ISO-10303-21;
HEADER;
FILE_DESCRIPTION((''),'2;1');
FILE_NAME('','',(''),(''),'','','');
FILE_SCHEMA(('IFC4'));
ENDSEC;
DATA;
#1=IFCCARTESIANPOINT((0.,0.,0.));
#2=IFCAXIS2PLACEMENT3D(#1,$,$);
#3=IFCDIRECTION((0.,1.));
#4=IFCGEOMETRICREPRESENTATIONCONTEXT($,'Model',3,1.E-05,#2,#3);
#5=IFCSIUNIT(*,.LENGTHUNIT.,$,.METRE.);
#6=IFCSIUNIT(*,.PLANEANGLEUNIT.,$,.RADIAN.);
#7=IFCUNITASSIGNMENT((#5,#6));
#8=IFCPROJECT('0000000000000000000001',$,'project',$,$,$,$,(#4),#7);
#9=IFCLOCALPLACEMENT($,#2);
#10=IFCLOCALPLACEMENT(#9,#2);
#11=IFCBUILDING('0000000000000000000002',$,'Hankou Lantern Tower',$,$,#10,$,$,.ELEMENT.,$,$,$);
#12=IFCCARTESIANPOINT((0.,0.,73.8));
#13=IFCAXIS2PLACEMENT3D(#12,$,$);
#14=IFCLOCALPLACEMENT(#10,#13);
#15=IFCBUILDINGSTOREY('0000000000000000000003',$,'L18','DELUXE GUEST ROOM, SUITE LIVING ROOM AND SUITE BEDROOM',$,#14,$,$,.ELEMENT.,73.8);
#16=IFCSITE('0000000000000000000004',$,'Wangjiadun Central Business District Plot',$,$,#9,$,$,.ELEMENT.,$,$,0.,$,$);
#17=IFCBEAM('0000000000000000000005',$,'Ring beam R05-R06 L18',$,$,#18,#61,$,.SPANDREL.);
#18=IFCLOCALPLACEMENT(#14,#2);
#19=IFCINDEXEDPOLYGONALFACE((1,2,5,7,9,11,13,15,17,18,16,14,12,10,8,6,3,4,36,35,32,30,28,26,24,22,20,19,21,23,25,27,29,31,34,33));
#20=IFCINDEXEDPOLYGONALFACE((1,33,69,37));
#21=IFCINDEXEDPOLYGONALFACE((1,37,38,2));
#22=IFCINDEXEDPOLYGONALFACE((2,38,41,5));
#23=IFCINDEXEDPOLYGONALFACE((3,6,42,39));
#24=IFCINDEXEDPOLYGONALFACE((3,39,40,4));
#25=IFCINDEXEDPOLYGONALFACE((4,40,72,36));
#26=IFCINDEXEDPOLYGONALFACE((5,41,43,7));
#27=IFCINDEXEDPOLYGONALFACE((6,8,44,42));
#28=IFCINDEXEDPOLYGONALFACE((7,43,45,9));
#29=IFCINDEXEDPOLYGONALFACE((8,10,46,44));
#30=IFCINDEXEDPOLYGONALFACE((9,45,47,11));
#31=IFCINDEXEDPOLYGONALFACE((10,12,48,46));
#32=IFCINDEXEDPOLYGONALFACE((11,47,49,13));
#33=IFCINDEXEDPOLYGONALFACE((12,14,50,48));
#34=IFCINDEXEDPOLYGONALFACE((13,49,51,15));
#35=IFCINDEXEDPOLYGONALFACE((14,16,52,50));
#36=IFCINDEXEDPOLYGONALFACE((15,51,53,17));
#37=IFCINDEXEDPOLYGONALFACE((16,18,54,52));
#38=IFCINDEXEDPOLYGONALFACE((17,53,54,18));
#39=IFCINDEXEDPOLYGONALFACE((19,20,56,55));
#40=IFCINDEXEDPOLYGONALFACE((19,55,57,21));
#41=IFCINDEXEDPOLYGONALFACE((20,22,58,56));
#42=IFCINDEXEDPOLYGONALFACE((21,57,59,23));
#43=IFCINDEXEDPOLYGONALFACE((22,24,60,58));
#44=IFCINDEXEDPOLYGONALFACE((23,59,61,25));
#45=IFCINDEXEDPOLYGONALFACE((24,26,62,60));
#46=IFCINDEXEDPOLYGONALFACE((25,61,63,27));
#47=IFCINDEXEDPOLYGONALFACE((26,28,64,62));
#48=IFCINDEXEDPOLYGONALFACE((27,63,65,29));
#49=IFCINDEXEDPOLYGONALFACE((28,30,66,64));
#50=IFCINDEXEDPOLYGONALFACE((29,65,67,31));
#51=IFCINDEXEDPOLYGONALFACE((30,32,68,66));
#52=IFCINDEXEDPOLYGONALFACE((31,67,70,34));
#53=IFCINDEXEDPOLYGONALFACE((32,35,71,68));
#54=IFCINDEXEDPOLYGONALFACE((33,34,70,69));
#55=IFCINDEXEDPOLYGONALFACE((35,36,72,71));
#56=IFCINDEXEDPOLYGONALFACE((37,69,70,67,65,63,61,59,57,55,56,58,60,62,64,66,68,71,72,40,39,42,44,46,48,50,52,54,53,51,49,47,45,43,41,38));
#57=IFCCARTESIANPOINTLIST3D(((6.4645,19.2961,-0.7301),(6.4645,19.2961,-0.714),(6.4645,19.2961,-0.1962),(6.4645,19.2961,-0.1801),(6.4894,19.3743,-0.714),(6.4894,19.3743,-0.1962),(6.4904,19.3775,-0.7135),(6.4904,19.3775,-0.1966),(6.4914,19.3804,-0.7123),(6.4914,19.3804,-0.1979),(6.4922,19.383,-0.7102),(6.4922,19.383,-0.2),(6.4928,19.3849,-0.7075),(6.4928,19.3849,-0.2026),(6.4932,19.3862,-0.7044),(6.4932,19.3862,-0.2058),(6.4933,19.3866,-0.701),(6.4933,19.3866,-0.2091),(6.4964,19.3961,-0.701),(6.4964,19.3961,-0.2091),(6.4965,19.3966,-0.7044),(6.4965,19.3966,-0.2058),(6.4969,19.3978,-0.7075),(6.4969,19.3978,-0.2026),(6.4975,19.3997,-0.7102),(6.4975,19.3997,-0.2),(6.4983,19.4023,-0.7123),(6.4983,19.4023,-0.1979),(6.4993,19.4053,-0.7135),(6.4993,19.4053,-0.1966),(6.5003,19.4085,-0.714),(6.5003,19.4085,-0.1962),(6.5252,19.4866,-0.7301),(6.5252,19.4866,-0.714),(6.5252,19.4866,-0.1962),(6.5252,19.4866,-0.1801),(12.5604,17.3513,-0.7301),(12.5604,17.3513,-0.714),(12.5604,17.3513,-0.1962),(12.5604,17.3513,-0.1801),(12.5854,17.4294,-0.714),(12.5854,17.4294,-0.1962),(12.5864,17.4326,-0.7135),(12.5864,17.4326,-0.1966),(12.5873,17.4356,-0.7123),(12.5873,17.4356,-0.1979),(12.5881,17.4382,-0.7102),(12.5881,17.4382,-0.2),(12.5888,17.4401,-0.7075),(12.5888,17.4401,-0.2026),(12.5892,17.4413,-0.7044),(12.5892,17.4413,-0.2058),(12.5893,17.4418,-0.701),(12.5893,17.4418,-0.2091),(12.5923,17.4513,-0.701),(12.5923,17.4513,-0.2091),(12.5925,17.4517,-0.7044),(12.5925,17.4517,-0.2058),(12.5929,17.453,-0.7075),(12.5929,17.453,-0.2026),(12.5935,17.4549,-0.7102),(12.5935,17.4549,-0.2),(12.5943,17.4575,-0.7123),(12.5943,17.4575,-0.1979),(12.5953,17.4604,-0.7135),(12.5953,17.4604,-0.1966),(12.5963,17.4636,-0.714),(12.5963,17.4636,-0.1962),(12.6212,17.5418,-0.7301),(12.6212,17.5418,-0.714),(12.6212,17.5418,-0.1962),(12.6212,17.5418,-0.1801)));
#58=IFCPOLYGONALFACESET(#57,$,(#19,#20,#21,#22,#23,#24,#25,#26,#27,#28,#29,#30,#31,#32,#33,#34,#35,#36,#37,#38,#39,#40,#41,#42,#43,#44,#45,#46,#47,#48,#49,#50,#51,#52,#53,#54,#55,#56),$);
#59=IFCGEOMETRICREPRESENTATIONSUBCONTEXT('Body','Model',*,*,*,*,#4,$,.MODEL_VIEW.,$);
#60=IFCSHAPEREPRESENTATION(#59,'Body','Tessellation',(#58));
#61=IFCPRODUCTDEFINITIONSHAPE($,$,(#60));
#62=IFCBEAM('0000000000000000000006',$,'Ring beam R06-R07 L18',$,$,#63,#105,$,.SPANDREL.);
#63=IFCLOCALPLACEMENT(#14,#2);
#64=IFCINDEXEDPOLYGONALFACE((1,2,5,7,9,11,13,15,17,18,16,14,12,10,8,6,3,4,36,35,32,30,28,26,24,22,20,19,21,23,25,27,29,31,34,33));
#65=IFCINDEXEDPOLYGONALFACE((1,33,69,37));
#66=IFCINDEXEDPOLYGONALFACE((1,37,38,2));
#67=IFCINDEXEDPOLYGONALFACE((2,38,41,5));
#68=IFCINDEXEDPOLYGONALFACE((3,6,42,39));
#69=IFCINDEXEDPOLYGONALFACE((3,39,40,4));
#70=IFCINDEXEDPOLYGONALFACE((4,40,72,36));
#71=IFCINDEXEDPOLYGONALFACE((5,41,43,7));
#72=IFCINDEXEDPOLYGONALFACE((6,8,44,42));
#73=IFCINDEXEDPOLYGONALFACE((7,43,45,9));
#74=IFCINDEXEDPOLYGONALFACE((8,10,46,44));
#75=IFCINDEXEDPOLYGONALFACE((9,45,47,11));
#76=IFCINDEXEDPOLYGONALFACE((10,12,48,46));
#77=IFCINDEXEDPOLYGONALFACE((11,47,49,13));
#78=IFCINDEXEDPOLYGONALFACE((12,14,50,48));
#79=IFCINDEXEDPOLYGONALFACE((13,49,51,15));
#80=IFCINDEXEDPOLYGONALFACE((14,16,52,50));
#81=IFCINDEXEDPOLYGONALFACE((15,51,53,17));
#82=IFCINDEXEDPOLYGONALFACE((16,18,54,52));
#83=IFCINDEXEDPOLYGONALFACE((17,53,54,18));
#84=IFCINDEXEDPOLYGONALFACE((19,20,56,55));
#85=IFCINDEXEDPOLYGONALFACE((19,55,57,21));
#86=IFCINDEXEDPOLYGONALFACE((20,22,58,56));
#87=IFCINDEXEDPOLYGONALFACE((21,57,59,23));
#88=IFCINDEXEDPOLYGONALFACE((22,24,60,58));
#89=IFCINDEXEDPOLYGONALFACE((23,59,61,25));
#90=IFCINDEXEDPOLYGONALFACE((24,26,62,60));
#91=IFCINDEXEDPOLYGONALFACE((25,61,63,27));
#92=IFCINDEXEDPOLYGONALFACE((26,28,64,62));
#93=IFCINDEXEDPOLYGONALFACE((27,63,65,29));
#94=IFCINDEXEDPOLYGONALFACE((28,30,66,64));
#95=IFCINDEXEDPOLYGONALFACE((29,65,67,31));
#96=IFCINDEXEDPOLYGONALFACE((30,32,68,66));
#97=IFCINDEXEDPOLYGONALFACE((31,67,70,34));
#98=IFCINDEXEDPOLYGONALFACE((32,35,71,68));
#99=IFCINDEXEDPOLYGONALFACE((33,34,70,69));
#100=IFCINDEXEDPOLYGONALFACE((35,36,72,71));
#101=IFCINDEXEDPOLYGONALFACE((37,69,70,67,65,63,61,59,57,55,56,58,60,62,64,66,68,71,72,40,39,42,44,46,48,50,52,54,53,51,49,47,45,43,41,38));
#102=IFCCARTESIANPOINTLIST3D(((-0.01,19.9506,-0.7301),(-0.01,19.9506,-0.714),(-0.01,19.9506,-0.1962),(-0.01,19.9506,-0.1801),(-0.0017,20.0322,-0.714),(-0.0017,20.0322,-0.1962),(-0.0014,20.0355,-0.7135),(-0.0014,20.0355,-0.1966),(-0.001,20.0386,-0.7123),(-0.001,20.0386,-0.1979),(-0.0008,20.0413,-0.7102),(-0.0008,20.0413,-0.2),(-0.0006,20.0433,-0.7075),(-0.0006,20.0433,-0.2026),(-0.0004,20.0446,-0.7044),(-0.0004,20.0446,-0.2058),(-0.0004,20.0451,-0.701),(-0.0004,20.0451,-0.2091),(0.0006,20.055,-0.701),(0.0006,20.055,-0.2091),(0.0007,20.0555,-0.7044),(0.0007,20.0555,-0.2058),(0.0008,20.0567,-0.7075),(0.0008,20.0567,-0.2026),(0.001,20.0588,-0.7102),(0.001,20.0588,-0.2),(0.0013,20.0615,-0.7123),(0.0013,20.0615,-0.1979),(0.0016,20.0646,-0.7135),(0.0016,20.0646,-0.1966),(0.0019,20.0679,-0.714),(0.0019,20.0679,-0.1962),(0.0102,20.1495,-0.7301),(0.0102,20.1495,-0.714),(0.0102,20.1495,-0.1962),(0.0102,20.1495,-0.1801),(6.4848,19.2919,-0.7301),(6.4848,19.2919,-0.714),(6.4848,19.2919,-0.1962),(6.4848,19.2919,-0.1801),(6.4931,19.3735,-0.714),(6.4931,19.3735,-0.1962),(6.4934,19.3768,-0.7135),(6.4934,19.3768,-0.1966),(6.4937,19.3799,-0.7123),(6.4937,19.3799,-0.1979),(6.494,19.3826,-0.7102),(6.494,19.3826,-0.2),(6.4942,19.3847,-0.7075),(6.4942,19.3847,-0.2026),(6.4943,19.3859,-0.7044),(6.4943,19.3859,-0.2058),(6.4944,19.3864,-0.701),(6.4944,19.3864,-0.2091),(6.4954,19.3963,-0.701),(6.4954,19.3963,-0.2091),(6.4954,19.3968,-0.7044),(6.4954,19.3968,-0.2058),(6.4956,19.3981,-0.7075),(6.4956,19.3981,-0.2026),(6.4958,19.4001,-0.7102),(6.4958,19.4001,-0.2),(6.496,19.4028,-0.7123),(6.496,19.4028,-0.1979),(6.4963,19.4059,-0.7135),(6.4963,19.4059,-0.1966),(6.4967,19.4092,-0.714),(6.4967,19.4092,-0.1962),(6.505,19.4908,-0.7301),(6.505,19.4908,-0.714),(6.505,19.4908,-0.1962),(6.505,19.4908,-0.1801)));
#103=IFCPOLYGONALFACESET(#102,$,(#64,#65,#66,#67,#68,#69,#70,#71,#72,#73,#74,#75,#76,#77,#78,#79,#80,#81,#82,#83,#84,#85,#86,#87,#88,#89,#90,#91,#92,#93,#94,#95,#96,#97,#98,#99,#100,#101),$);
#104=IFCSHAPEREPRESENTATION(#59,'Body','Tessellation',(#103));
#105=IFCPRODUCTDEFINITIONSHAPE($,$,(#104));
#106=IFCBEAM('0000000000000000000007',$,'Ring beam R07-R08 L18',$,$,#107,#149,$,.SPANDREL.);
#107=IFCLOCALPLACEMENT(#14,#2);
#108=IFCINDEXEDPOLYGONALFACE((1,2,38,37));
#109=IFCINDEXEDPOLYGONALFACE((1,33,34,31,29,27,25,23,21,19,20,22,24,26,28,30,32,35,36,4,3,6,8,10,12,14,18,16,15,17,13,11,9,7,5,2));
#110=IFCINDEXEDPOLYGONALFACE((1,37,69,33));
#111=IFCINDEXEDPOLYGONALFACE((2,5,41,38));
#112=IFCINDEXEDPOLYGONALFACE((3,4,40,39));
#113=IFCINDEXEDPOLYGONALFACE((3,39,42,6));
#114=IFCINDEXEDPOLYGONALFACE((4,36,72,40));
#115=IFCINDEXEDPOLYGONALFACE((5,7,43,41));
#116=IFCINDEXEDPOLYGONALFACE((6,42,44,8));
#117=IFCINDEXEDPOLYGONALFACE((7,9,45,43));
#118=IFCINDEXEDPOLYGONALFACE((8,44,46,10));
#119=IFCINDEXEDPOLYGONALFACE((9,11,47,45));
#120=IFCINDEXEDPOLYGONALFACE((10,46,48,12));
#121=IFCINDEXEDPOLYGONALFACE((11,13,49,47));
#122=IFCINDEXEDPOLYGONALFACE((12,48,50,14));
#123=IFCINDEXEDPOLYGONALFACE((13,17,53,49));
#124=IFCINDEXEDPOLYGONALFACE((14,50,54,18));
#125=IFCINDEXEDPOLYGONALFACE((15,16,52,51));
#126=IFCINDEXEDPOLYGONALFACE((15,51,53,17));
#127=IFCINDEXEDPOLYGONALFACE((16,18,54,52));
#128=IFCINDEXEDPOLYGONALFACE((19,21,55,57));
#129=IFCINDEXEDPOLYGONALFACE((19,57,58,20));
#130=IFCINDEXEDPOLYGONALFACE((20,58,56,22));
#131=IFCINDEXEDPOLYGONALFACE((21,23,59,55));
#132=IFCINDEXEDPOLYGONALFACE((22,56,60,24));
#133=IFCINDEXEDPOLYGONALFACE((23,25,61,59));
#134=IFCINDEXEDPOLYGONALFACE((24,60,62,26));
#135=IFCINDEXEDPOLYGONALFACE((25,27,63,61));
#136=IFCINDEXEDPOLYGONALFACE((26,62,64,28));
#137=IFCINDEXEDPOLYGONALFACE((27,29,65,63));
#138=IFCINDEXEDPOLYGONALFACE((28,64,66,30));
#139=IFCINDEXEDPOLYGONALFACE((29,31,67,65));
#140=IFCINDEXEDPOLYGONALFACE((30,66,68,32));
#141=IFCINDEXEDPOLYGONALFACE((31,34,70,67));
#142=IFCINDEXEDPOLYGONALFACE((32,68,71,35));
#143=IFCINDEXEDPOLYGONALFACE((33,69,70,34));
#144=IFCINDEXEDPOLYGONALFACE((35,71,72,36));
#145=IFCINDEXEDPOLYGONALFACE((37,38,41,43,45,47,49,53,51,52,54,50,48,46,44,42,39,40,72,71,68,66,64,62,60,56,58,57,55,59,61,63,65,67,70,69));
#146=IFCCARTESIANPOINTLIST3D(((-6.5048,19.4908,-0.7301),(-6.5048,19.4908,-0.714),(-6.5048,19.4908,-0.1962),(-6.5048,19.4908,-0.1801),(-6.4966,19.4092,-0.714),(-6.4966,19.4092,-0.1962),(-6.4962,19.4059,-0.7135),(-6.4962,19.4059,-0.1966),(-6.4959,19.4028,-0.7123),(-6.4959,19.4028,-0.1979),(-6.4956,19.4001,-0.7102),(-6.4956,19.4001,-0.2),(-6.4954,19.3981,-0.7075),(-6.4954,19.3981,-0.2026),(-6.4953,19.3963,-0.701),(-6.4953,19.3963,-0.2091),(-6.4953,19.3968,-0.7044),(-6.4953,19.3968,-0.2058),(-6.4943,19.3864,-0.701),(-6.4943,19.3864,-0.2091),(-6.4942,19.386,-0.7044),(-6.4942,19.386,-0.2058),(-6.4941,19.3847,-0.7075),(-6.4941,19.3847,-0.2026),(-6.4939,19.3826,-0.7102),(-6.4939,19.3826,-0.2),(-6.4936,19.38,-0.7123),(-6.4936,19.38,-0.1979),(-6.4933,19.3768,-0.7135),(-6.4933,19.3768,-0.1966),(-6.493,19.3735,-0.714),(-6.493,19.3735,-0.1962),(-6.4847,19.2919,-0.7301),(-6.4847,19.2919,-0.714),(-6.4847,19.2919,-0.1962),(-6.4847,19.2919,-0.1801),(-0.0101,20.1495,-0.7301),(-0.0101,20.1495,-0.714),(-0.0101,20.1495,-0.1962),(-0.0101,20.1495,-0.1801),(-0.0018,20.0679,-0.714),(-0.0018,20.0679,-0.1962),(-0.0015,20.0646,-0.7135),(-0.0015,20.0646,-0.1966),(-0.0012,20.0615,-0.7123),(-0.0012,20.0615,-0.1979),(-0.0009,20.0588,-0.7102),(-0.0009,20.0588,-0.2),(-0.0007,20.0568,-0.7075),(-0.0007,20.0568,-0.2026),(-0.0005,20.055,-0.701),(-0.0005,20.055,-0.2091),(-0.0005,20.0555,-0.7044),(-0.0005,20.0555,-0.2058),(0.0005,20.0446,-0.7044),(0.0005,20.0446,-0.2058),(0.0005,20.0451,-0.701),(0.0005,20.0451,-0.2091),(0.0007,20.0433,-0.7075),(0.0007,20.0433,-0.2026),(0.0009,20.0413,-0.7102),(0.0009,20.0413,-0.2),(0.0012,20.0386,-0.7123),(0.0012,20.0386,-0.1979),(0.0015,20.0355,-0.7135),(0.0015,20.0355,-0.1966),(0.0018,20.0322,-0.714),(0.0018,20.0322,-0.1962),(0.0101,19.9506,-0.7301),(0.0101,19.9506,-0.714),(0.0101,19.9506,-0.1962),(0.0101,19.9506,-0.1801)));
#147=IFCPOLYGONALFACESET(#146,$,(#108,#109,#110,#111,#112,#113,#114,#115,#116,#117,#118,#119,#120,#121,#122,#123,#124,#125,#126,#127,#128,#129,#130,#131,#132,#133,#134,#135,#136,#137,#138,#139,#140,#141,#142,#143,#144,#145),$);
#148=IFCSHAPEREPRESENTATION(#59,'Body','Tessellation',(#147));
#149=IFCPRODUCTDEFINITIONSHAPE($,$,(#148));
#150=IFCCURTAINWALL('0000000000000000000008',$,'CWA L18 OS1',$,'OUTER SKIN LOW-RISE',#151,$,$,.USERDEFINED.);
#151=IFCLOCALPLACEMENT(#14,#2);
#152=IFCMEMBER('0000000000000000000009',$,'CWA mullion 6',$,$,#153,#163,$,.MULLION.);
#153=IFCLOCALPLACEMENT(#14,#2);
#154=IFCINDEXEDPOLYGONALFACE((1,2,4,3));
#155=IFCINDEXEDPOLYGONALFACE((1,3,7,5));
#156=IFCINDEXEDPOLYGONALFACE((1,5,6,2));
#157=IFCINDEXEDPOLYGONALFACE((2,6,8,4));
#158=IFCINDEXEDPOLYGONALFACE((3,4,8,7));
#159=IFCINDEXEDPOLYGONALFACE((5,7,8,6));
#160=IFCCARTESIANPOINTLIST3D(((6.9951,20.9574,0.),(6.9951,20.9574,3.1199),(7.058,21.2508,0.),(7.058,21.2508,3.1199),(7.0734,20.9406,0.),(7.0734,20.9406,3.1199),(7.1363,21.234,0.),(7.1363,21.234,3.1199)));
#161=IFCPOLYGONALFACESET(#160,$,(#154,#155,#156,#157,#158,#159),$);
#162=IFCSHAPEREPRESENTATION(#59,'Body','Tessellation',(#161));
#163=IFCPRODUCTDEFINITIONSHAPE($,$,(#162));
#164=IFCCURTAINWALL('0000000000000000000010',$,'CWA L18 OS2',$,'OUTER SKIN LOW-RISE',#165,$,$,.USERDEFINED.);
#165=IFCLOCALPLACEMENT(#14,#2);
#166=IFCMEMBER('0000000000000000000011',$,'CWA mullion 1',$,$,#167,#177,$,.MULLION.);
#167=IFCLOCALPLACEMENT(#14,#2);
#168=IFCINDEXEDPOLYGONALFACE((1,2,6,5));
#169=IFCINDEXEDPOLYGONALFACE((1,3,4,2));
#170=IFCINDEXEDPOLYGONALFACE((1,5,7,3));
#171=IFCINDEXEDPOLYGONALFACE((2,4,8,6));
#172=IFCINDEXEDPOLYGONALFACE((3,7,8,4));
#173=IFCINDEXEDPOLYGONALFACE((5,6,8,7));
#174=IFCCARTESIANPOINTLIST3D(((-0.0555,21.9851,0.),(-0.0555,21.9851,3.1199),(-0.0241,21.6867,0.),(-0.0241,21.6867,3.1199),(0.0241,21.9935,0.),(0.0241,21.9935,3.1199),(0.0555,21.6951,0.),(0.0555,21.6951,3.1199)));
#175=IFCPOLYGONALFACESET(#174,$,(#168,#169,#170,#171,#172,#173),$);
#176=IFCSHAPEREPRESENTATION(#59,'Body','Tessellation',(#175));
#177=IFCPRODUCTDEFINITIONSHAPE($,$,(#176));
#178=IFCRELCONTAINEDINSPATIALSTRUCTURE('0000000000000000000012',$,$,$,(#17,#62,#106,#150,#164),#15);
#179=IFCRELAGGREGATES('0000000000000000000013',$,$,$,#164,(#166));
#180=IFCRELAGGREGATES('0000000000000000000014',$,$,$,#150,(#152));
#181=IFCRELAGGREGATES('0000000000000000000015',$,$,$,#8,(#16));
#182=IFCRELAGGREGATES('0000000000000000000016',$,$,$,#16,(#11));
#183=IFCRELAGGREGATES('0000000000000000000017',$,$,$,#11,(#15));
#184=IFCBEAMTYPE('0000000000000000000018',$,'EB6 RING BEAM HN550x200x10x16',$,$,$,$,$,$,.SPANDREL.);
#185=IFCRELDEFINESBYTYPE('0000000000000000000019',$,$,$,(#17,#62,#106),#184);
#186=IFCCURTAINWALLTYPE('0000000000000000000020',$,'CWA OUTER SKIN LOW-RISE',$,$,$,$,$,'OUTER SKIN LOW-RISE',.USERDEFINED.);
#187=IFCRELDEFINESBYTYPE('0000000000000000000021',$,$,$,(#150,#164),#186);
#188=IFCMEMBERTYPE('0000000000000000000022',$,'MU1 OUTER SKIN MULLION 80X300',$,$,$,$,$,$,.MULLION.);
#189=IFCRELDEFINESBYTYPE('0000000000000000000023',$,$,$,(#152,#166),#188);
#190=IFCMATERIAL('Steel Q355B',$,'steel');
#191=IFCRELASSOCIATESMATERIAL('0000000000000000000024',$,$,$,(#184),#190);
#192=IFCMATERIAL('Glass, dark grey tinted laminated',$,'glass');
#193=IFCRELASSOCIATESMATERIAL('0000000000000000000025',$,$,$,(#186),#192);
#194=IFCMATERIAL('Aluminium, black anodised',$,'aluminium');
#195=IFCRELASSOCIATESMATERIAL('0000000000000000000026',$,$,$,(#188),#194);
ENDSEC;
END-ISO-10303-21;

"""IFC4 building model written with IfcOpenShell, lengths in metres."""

from ifc_helpers import new_model, si_unit, direction, frame, origin, origin_2d, place, context, subcontext, project, spatial, rectangle, i_section, extrude, material, material_profile, profile_set, type_object, element, aggregate, save


model = new_model("IFC4")

# Units and contexts
model_context = context("Model", 3, precision=1e-05, world=origin(), true_north=direction((0.0, 1.0)))
body_context = subcontext(model_context, "Body", "Model", "MODEL_VIEW")
ifc_project = project(units=[si_unit("LENGTHUNIT", "METRE"), si_unit("PLANEANGLEUNIT", "RADIAN")], contexts=[model_context])

# Site, building, storey
site_placement = place(None, origin())
site = spatial("IfcSite", under=ifc_project, at=site_placement, Name="Wangjiadun Central Business District Plot", CompositionType="ELEMENT", RefElevation=0.0)
building_placement = place(site_placement, origin())
building = spatial("IfcBuilding", under=site, at=building_placement, Name="Hankou Lantern Tower", CompositionType="ELEMENT")
storey_placement = place(building_placement, frame((0.0, 0.0, 73.8)))
storey = spatial("IfcBuildingStorey", under=building, at=storey_placement, Name="L18", Description="DELUXE GUEST ROOM, SUITE LIVING ROOM AND SUITE BEDROOM", CompositionType="ELEMENT", Elevation=73.8)

# Beams
ifc_material_1 = material(Name="Steel Q355B", Category="steel")
ifc_material_profile_1 = material_profile(ifc_material_1, i_section(OverallWidth=0.2, OverallDepth=0.55, WebThickness=0.01, FlangeThickness=0.0161, FilletRadius=0.0129, at=origin_2d()), Name="HN550x200x10x16")
ifc_profile_set_1 = profile_set([ifc_material_profile_1], Name="Steel Q355B")
beam_type_1 = type_object("IfcBeamType", Name="EB6 RING BEAM HN550x200x10x16", PredefinedType="SPANDREL", material=ifc_profile_set_1)
beam_1_placement = place(storey_placement, frame((12.5908, 17.4465, -0.4551), z_axis=(-0.95269, 0.303942, 0.0), x_axis=(-0.303942, -0.95269, 0.0)))
element("IfcBeam", 1, at=beam_1_placement, inside=storey, type_object=beam_type_1, Name="Ring beam R05-R06 L18", PredefinedType="SPANDREL", context=body_context, shape_type="SweptSolid", body=[
    extrude(i_section(OverallWidth=0.2, OverallDepth=0.55, WebThickness=0.01, FlangeThickness=0.0161, FilletRadius=0.0129, at=origin_2d()), origin(), (0.0, 0.0, 1.0), 6.3987),
])
for number, where, z_axis, x_axis, name in (
    (2, (6.4949, 19.3914, -0.4551), (-0.994897, 0.1009, 0.0), (-0.1009, -0.994897, 0.0), "Ring beam R06-R07 L18"),
    (3, (0.0, 20.05, -0.4551), (-0.994897, -0.1009, 0.0), (0.1009, -0.994897, 0.0), "Ring beam R07-R08 L18"),
):
    element("IfcBeam", number, at=place(storey_placement, frame(where, z_axis=z_axis, x_axis=x_axis)), inside=storey, type_object=beam_type_1, Name=name, PredefinedType="SPANDREL", context=body_context, shape_type="SweptSolid", body=[
        extrude(i_section(OverallWidth=0.2, OverallDepth=0.55, WebThickness=0.01, FlangeThickness=0.0161, FilletRadius=0.0129, at=origin_2d()), origin(), (0.0, 0.0, 1.0), 6.5281),
    ])

# Curtain walls, members
ifc_material_2 = material(Name="Glass, dark grey tinted laminated", Category="glass")
curtain_wall_type = type_object("IfcCurtainWallType", Name="CWA OUTER SKIN LOW-RISE", ElementType="OUTER SKIN LOW-RISE", PredefinedType="USERDEFINED", material=ifc_material_2)
curtain_wall_1_placement = place(storey_placement, origin())
curtain_wall_1 = element("IfcCurtainWall", 4, at=curtain_wall_1_placement, inside=storey, type_object=curtain_wall_type, Name="CWA L18 OS1", ObjectType="OUTER SKIN LOW-RISE", PredefinedType="USERDEFINED")
ifc_material_3 = material(Name="Aluminium, black anodised", Category="aluminium")
ifc_material_profile_2 = material_profile(ifc_material_3, rectangle(XDim=0.0801, YDim=0.3, at=origin_2d()), Name="MU1 80X300")
ifc_profile_set_2 = profile_set([ifc_material_profile_2], Name="Aluminium, black anodised")
member_type_1 = type_object("IfcMemberType", Name="MU1 OUTER SKIN MULLION 80X300", PredefinedType="MULLION", material=ifc_profile_set_2)
member_1_placement = place(storey_placement, frame((7.0657, 21.0957, 0.0), z_axis=(0.0, 0.0, 1.0), x_axis=(-0.977788, 0.209598, 0.0)))
member_1 = element("IfcMember", 5, at=member_1_placement, type_object=member_type_1, Name="CWA mullion 6", PredefinedType="MULLION", context=body_context, shape_type="SweptSolid", body=[
    extrude(rectangle(XDim=0.0801, YDim=0.3, at=origin_2d()), origin(), (0.0, 0.0, 1.0), 3.1199),
])
curtain_wall_2_placement = place(storey_placement, origin())
curtain_wall_2 = element("IfcCurtainWall", 6, at=curtain_wall_2_placement, inside=storey, type_object=curtain_wall_type, Name="CWA L18 OS2", ObjectType="OUTER SKIN LOW-RISE", PredefinedType="USERDEFINED")
member_2_placement = place(storey_placement, frame((0.0, 21.8401, 0.0), z_axis=(0.0, 0.0, 1.0), x_axis=(-0.994499, -0.104743, 0.0)))
member_2 = element("IfcMember", 7, at=member_2_placement, type_object=member_type_1, Name="CWA mullion 1", PredefinedType="MULLION", context=body_context, shape_type="SweptSolid", body=[
    extrude(rectangle(XDim=0.0801, YDim=0.3, at=origin_2d()), origin(), (0.0, 0.0, 1.0), 3.1199),
])
aggregate(curtain_wall_2, [member_2])

aggregate(curtain_wall_1, [member_1])

save(model, "model.ifc")
